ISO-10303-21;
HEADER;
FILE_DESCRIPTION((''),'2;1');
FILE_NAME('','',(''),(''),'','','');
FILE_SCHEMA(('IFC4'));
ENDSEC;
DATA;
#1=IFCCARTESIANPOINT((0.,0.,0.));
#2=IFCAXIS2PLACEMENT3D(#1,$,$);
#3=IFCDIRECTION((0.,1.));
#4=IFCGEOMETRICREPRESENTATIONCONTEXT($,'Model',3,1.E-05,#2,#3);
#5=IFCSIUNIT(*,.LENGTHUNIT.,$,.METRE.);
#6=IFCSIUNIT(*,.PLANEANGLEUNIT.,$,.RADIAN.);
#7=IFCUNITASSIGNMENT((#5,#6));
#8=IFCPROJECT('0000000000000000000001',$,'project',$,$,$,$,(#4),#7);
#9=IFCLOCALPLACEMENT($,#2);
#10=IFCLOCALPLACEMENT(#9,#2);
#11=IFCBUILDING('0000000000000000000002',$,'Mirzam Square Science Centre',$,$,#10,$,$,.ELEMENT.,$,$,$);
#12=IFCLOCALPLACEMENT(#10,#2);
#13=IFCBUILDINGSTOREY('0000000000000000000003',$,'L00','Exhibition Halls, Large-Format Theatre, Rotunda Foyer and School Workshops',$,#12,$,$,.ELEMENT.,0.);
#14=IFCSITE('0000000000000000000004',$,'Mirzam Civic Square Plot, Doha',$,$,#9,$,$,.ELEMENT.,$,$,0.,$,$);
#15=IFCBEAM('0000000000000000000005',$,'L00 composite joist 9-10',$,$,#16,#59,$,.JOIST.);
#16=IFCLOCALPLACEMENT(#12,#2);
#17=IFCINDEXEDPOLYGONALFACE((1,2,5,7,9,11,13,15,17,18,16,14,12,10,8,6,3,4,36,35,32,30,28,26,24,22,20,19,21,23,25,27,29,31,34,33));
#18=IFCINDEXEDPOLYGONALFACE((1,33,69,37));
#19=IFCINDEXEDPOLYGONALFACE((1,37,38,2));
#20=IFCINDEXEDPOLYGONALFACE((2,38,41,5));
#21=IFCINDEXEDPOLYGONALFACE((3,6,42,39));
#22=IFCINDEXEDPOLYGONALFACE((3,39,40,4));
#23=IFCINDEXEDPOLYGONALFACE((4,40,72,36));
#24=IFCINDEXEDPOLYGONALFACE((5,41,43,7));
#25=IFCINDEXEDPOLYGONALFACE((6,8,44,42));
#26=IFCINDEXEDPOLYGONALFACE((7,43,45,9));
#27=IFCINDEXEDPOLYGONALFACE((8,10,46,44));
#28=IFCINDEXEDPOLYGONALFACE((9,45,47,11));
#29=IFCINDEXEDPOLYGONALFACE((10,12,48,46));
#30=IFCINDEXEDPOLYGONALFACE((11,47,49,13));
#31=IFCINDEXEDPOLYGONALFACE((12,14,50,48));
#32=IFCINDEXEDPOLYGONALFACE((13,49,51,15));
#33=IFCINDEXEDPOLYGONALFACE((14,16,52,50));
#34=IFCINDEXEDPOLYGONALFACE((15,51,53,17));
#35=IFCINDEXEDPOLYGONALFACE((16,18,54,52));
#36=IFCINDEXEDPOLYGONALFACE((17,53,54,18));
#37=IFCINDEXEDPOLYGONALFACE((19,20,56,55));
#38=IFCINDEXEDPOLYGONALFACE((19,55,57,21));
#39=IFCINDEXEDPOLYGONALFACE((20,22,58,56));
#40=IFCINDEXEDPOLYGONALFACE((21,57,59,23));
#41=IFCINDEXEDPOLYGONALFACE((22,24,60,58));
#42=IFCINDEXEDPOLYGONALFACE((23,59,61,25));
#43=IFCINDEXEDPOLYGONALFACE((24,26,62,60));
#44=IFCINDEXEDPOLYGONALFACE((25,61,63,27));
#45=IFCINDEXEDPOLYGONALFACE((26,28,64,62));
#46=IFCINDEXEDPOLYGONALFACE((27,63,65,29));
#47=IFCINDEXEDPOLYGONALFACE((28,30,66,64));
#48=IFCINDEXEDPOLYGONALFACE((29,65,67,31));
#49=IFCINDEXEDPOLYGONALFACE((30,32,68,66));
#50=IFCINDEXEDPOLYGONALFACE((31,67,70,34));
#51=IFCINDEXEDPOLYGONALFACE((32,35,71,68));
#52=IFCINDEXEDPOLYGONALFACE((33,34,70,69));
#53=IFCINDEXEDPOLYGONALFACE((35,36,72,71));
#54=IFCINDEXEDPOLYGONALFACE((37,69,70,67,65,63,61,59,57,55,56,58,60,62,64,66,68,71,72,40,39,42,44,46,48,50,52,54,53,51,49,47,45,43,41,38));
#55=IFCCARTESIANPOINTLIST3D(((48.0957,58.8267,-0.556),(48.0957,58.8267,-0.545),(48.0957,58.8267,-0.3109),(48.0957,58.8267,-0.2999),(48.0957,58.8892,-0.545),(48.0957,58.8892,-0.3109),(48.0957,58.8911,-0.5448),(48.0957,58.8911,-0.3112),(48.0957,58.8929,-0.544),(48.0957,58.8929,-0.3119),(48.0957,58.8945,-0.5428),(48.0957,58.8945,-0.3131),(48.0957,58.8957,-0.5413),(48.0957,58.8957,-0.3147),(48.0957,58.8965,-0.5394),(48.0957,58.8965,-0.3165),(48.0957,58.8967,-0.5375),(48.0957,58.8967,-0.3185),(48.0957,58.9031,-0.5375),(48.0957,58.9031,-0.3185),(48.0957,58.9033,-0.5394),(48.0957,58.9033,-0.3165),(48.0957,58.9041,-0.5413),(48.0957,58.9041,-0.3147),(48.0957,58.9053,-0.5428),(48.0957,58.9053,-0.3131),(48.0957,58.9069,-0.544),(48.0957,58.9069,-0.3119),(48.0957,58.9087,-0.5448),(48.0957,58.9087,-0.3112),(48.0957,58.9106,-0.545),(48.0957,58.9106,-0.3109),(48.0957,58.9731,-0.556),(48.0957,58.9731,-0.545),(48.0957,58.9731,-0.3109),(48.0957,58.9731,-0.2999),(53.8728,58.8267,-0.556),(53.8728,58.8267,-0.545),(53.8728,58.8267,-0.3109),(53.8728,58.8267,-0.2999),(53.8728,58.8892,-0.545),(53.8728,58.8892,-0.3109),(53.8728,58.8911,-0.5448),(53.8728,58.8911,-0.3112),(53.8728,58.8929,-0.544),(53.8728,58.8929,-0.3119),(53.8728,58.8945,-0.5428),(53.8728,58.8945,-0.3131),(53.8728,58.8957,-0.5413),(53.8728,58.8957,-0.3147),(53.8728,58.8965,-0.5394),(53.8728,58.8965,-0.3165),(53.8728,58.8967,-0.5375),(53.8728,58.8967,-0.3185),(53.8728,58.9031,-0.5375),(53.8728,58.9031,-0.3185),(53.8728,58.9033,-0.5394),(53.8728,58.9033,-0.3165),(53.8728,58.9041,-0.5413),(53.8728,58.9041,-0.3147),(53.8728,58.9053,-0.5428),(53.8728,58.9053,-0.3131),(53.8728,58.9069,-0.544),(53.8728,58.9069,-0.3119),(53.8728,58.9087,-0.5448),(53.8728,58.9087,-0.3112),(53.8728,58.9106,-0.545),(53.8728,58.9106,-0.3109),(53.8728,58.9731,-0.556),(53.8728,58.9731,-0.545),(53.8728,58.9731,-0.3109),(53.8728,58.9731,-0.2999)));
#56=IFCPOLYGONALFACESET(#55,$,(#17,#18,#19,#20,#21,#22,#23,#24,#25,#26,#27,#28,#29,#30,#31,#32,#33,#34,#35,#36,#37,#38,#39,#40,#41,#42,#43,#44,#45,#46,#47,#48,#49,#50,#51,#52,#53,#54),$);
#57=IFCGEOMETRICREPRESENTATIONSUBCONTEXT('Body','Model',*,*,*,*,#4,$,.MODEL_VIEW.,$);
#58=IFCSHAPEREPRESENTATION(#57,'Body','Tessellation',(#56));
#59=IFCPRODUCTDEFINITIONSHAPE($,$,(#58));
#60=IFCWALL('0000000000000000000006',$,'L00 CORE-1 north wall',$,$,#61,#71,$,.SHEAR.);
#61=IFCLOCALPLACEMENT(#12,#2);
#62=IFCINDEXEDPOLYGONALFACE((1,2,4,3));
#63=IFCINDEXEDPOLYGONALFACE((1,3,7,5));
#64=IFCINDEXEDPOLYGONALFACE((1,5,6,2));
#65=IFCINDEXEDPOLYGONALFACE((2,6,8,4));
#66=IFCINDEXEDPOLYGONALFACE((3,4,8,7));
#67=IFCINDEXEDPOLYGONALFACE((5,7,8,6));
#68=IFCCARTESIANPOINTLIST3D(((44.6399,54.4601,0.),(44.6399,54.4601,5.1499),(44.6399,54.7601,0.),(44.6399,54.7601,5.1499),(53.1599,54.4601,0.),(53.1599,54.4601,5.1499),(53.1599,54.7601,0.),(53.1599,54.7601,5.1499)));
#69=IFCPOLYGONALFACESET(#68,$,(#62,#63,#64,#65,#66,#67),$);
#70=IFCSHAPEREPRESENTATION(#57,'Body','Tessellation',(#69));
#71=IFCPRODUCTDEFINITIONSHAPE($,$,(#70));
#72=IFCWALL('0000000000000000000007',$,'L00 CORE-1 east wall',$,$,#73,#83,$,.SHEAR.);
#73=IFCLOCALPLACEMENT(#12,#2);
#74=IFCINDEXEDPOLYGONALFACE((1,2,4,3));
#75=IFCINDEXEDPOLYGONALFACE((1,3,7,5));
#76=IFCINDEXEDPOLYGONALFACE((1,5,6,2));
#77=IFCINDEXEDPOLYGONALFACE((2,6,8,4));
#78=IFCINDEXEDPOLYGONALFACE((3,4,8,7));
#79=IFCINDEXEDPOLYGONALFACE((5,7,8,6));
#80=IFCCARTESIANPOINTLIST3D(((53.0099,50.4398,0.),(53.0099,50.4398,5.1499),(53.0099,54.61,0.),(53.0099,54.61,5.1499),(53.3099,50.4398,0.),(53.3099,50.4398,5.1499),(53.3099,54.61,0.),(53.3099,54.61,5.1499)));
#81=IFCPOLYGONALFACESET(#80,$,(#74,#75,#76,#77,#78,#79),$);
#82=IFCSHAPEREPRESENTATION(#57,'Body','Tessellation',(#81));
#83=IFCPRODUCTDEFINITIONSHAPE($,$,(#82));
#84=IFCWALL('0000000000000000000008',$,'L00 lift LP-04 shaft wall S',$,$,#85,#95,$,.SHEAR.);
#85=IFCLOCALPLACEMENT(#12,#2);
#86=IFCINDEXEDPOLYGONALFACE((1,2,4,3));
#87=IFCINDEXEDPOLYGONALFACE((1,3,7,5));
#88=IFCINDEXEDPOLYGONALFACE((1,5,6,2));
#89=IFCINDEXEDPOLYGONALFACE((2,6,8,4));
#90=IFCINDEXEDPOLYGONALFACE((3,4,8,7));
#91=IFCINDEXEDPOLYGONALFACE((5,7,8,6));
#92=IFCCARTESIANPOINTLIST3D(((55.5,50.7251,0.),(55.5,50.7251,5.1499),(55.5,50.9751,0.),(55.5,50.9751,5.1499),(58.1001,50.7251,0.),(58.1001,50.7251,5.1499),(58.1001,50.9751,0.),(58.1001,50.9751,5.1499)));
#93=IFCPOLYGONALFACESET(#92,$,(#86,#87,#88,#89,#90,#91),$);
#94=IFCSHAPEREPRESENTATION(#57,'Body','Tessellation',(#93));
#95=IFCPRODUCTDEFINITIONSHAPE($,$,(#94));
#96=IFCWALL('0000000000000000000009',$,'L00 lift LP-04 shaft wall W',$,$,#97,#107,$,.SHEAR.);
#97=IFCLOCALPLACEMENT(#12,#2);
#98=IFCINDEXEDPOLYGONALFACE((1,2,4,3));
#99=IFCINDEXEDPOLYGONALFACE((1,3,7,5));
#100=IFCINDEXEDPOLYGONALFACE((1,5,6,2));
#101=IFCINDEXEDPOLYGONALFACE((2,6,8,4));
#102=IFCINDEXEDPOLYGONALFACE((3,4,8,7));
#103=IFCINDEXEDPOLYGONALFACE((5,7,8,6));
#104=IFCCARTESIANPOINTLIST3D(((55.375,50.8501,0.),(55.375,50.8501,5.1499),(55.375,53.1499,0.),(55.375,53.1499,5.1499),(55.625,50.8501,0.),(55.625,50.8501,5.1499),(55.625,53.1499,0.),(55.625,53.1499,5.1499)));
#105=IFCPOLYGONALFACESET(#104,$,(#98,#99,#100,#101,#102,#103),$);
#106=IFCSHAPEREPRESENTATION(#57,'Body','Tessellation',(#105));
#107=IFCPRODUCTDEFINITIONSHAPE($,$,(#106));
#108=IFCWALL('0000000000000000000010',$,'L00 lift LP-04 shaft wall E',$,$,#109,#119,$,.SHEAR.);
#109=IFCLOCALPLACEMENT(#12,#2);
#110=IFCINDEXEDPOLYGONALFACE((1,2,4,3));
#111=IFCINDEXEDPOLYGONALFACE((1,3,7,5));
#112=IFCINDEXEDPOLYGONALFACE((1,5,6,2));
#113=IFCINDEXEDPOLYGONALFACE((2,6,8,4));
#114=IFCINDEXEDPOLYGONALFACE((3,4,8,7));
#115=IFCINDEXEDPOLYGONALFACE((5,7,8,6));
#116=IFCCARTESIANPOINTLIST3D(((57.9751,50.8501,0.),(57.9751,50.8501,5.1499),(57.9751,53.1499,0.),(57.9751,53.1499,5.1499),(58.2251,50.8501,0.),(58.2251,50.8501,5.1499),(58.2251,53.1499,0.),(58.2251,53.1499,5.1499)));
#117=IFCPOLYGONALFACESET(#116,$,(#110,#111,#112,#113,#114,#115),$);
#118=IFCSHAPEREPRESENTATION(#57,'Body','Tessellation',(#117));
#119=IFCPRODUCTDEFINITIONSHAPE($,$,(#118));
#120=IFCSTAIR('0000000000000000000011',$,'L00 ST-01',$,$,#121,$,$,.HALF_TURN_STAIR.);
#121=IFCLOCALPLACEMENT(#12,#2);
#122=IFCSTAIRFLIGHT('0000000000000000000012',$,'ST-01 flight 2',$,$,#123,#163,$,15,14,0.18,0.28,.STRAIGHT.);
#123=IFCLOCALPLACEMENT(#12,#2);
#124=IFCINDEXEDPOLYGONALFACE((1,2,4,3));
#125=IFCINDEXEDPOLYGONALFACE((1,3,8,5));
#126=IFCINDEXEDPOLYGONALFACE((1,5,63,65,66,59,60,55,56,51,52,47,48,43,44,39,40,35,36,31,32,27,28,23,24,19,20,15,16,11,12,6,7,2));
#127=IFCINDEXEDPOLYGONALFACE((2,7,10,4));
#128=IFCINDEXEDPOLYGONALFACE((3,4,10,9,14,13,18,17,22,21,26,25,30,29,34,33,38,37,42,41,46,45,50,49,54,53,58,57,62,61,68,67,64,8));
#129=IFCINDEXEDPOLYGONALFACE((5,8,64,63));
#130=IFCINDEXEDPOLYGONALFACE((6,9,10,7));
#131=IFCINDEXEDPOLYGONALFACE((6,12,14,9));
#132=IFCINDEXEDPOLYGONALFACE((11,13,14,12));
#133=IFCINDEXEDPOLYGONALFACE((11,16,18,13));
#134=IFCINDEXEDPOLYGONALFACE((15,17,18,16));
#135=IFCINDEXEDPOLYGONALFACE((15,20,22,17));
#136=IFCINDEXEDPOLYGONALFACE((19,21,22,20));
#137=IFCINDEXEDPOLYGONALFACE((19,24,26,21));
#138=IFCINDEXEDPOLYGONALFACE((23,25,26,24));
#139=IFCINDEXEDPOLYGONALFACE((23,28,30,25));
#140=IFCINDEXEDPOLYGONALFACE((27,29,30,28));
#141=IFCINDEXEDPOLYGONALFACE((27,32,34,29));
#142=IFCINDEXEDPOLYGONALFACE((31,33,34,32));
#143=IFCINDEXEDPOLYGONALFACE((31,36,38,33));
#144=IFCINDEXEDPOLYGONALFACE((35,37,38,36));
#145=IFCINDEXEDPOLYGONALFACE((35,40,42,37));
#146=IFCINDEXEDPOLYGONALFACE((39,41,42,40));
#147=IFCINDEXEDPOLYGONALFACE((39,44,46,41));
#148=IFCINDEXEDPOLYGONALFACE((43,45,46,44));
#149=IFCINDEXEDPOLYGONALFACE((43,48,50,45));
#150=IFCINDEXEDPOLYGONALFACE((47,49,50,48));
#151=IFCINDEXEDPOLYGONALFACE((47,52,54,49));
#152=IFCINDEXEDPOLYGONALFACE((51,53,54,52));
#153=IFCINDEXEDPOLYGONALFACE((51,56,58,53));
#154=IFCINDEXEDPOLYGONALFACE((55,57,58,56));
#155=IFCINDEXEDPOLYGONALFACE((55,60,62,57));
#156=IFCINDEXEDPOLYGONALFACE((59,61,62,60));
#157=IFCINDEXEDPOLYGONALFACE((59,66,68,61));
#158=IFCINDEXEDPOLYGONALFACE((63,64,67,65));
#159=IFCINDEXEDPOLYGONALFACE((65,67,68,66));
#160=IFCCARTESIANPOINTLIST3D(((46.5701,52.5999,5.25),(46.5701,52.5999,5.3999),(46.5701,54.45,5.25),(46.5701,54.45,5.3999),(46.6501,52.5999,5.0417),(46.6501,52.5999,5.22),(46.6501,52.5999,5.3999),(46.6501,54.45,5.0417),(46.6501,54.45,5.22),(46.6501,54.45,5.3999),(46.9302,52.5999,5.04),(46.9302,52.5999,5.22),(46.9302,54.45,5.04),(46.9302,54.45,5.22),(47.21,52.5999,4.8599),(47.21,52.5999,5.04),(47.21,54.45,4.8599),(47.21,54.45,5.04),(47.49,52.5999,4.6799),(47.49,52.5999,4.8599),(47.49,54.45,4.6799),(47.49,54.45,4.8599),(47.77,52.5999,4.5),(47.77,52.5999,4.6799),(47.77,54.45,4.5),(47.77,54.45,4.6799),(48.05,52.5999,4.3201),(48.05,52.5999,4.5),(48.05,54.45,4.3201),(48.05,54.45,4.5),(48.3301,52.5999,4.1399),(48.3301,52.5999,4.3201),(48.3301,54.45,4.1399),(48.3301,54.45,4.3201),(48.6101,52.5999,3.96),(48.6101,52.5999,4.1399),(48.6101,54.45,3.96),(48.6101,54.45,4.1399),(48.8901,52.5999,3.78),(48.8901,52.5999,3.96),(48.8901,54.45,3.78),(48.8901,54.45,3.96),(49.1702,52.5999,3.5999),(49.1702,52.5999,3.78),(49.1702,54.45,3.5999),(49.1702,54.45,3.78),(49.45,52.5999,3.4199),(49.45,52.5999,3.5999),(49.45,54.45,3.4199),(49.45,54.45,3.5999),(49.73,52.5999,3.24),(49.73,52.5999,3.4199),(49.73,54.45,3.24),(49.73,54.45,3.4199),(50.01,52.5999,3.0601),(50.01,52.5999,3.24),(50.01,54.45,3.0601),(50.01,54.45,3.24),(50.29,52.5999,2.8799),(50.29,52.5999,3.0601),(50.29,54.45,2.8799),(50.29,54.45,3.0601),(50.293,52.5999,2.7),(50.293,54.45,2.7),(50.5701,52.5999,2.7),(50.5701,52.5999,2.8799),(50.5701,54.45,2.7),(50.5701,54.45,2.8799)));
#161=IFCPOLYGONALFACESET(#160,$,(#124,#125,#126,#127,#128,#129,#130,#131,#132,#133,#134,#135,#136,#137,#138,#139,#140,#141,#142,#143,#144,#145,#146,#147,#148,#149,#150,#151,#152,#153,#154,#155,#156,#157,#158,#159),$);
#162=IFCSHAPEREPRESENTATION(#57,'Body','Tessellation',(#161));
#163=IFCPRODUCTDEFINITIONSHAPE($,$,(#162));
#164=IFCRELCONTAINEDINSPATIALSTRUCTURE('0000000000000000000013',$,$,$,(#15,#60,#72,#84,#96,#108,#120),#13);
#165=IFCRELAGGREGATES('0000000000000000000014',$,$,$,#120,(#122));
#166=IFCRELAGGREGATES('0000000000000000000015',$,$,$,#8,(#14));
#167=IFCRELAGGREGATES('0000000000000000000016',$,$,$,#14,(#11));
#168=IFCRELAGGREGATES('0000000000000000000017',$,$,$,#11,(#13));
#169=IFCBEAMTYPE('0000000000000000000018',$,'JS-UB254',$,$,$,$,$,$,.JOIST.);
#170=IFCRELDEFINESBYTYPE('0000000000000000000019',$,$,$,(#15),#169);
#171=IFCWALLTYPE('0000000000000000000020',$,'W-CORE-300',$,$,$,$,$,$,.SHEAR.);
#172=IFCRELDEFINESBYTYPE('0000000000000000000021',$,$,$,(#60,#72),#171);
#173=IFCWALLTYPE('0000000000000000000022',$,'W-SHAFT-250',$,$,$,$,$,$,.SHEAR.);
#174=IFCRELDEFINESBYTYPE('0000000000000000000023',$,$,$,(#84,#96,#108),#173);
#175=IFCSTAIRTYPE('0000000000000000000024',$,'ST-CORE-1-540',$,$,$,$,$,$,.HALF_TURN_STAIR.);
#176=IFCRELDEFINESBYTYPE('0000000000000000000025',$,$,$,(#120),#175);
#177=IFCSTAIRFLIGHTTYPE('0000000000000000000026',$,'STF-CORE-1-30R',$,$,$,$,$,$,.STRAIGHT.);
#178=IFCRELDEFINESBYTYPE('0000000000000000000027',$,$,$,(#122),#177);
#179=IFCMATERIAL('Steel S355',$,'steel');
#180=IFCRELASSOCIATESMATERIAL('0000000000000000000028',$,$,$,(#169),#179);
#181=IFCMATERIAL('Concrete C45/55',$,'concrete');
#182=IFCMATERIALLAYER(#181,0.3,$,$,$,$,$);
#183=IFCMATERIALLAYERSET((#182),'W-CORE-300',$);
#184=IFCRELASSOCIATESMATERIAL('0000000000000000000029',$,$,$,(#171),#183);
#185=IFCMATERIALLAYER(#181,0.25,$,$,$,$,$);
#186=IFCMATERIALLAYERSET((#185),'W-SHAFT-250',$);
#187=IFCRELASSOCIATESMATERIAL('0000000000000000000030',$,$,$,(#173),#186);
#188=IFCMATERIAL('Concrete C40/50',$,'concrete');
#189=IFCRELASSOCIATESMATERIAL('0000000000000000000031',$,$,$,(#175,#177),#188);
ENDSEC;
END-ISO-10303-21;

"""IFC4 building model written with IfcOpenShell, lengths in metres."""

from ifc_helpers import new_model, si_unit, direction, frame, frame_2d, origin, origin_2d, place, context, subcontext, project, spatial, polyline, rectangle, i_section, outline, extrude, material, layer, layer_set, material_profile, profile_set, type_object, element, aggregate, save


model = new_model("IFC4")

# Units and contexts
model_context = context("Model", 3, precision=1e-05, world=origin(), true_north=direction((0.0, 1.0)))
body_context = subcontext(model_context, "Body", "Model", "MODEL_VIEW")
ifc_project = project(units=[si_unit("LENGTHUNIT", "METRE"), si_unit("PLANEANGLEUNIT", "RADIAN")], contexts=[model_context])

# Site, building, storey
site_placement = place(None, origin())
site = spatial("IfcSite", under=ifc_project, at=site_placement, Name="Mirzam Civic Square Plot, Doha", CompositionType="ELEMENT", RefElevation=0.0)
building_placement = place(site_placement, origin())
building = spatial("IfcBuilding", under=site, at=building_placement, Name="Mirzam Square Science Centre", CompositionType="ELEMENT")
storey_placement = place(building_placement, origin())
storey = spatial("IfcBuildingStorey", under=building, at=storey_placement, Name="L00", Description="Exhibition Halls, Large-Format Theatre, Rotunda Foyer and School Workshops", CompositionType="ELEMENT", Elevation=0.0)

# Shared definitions
ifc_material_1 = material(Name="Steel S355", Category="steel")

# Beam
ifc_material_profile_1 = material_profile(ifc_material_1, i_section(OverallWidth=0.1465, OverallDepth=0.2561, WebThickness=0.0063, FlangeThickness=0.011, FilletRadius=0.0076, at=origin_2d()), Name="254x146x37UB")
ifc_profile_set_1 = profile_set([ifc_material_profile_1], Name="Steel S355")
beam_type_1 = type_object("IfcBeamType", Name="JS-UB254", PredefinedType="JOIST", material=ifc_profile_set_1)
beam_1_placement = place(storey_placement, frame((48.0957, 58.8999, -0.428), z_axis=(1.0, 0.0, 0.0), x_axis=(0.0, 1.0, 0.0)))
element("IfcBeam", 1, at=beam_1_placement, inside=storey, type_object=beam_type_1, Name="L00 composite joist 9-10", PredefinedType="JOIST", context=body_context, shape_type="SweptSolid", body=[
    extrude(i_section(OverallWidth=0.1465, OverallDepth=0.2561, WebThickness=0.0063, FlangeThickness=0.011, FilletRadius=0.0076, at=origin_2d()), origin(), (0.0, 0.0, 1.0), 5.7771),
])

# Walls
ifc_material_2 = material(Name="Concrete C45/55", Category="concrete")
ifc_layer_1 = layer(ifc_material_2, 0.3)
ifc_layer_set_1 = layer_set([ifc_layer_1], Name="W-CORE-300")
wall_type_1 = type_object("IfcWallType", Name="W-CORE-300", PredefinedType="SHEAR", material=ifc_layer_set_1)
wall_1_placement = place(storey_placement, frame((53.1599, 54.6101, 0.0), z_axis=(0.0, 0.0, 1.0), x_axis=(-1.0, 0.0, 0.0)))
element("IfcWall", 2, at=wall_1_placement, inside=storey, type_object=wall_type_1, Name="L00 CORE-1 north wall", PredefinedType="SHEAR", context=body_context, shape_type="SweptSolid", body=[
    extrude(rectangle(XDim=8.52, YDim=0.3, at=frame_2d((4.26, 0.0))), origin(), (0.0, 0.0, 1.0), 5.1499),
])
wall_2_placement = place(storey_placement, frame((53.1599, 50.4399, 0.0), z_axis=(0.0, 0.0, 1.0), x_axis=(0.0, 1.0, 0.0)))
element("IfcWall", 3, at=wall_2_placement, inside=storey, type_object=wall_type_1, Name="L00 CORE-1 east wall", PredefinedType="SHEAR", context=body_context, shape_type="SweptSolid", body=[
    extrude(rectangle(XDim=4.1702, YDim=0.3, at=frame_2d((2.085, 0.0))), origin(), (0.0, 0.0, 1.0), 5.1499),
])
ifc_layer_2 = layer(ifc_material_2, 0.25)
ifc_layer_set_2 = layer_set([ifc_layer_2], Name="W-SHAFT-250")
wall_type_2 = type_object("IfcWallType", Name="W-SHAFT-250", PredefinedType="SHEAR", material=ifc_layer_set_2)
wall_3_placement = place(storey_placement, frame((55.5, 50.8501, 0.0), z_axis=(0.0, 0.0, 1.0), x_axis=(1.0, 0.0, 0.0)))
element("IfcWall", 4, at=wall_3_placement, inside=storey, type_object=wall_type_2, Name="L00 lift LP-04 shaft wall S", PredefinedType="SHEAR", context=body_context, shape_type="SweptSolid", body=[
    extrude(rectangle(XDim=2.6001, YDim=0.25, at=frame_2d((1.3, 0.0))), origin(), (0.0, 0.0, 1.0), 5.1499),
])

# Walls
for number, where, z_axis, x_axis, name in (
    (5, (55.5, 53.1499, 0.0), (0.0, 0.0, 1.0), (0.0, -1.0, 0.0), "L00 lift LP-04 shaft wall W"),
    (6, (58.1001, 50.8501, 0.0), (0.0, 0.0, 1.0), (0.0, 1.0, 0.0), "L00 lift LP-04 shaft wall E"),
):
    element("IfcWall", number, at=place(storey_placement, frame(where, z_axis=z_axis, x_axis=x_axis)), inside=storey, type_object=wall_type_2, Name=name, PredefinedType="SHEAR", context=body_context, shape_type="SweptSolid", body=[
        extrude(rectangle(XDim=2.2998, YDim=0.25, at=frame_2d((1.1499, 0.0))), origin(), (0.0, 0.0, 1.0), 5.1499),
    ])

# Stair, stair flight
ifc_material_3 = material(Name="Concrete C40/50", Category="concrete")
stair_type = type_object("IfcStairType", Name="ST-CORE-1-540", PredefinedType="HALF_TURN_STAIR", material=ifc_material_3)
stair_placement = place(storey_placement, origin())
stair = element("IfcStair", 7, at=stair_placement, inside=storey, type_object=stair_type, Name="L00 ST-01", PredefinedType="HALF_TURN_STAIR")
stair_flight_type = type_object("IfcStairFlightType", Name="STF-CORE-1-30R", PredefinedType="STRAIGHT", material=ifc_material_3)
stair_flight_placement = place(storey_placement, frame((50.5701, 53.5249, 2.7), z_axis=(0.0, 0.0, 1.0), x_axis=(-1.0, 0.0, 0.0)))
stair_flight = element("IfcStairFlight", 8, at=stair_flight_placement, type_object=stair_flight_type, Name="ST-01 flight 2", NumberOfRisers=15, NumberOfTreads=14, PredefinedType="STRAIGHT", RiserHeight=0.18, TreadLength=0.28, context=body_context, shape_type="SweptSolid", body=[
    extrude(outline(polyline([(0.0, 0.0), (0.0, 0.1799), (0.28, 0.1799), (0.28, 0.3601), (0.5601, 0.3601), (0.5601, 0.54), (0.8401, 0.54), (0.8401, 0.72), (1.1201, 0.72), (1.1201, 0.8999), (1.3999, 0.8999), (1.3999, 1.0801), (1.6799, 1.0801), (1.6799, 1.26), (1.96, 1.26), (1.96, 1.4399), (2.24, 1.4399), (2.24, 1.6201), (2.52, 1.6201), (2.52, 1.8), (2.8, 1.8), (2.8, 1.98), (3.0801, 1.98), (3.0801, 2.1599), (3.3601, 2.1599), (3.3601, 2.3401), (3.6399, 2.3401), (3.6399, 2.52), (3.9199, 2.52), (3.9199, 2.7), (4.0, 2.7), (4.0, 2.55), (3.9199, 2.3418), (0.2771, 0.0), (0.0, 0.0)])), frame((0.0, 0.925, 0.0), z_axis=(0.0, -1.0, 0.0), x_axis=(1.0, 0.0, 0.0)), (0.0, 0.0, 1.0), 1.8501),
])
aggregate(stair, [stair_flight])

save(model, "model.ifc")
